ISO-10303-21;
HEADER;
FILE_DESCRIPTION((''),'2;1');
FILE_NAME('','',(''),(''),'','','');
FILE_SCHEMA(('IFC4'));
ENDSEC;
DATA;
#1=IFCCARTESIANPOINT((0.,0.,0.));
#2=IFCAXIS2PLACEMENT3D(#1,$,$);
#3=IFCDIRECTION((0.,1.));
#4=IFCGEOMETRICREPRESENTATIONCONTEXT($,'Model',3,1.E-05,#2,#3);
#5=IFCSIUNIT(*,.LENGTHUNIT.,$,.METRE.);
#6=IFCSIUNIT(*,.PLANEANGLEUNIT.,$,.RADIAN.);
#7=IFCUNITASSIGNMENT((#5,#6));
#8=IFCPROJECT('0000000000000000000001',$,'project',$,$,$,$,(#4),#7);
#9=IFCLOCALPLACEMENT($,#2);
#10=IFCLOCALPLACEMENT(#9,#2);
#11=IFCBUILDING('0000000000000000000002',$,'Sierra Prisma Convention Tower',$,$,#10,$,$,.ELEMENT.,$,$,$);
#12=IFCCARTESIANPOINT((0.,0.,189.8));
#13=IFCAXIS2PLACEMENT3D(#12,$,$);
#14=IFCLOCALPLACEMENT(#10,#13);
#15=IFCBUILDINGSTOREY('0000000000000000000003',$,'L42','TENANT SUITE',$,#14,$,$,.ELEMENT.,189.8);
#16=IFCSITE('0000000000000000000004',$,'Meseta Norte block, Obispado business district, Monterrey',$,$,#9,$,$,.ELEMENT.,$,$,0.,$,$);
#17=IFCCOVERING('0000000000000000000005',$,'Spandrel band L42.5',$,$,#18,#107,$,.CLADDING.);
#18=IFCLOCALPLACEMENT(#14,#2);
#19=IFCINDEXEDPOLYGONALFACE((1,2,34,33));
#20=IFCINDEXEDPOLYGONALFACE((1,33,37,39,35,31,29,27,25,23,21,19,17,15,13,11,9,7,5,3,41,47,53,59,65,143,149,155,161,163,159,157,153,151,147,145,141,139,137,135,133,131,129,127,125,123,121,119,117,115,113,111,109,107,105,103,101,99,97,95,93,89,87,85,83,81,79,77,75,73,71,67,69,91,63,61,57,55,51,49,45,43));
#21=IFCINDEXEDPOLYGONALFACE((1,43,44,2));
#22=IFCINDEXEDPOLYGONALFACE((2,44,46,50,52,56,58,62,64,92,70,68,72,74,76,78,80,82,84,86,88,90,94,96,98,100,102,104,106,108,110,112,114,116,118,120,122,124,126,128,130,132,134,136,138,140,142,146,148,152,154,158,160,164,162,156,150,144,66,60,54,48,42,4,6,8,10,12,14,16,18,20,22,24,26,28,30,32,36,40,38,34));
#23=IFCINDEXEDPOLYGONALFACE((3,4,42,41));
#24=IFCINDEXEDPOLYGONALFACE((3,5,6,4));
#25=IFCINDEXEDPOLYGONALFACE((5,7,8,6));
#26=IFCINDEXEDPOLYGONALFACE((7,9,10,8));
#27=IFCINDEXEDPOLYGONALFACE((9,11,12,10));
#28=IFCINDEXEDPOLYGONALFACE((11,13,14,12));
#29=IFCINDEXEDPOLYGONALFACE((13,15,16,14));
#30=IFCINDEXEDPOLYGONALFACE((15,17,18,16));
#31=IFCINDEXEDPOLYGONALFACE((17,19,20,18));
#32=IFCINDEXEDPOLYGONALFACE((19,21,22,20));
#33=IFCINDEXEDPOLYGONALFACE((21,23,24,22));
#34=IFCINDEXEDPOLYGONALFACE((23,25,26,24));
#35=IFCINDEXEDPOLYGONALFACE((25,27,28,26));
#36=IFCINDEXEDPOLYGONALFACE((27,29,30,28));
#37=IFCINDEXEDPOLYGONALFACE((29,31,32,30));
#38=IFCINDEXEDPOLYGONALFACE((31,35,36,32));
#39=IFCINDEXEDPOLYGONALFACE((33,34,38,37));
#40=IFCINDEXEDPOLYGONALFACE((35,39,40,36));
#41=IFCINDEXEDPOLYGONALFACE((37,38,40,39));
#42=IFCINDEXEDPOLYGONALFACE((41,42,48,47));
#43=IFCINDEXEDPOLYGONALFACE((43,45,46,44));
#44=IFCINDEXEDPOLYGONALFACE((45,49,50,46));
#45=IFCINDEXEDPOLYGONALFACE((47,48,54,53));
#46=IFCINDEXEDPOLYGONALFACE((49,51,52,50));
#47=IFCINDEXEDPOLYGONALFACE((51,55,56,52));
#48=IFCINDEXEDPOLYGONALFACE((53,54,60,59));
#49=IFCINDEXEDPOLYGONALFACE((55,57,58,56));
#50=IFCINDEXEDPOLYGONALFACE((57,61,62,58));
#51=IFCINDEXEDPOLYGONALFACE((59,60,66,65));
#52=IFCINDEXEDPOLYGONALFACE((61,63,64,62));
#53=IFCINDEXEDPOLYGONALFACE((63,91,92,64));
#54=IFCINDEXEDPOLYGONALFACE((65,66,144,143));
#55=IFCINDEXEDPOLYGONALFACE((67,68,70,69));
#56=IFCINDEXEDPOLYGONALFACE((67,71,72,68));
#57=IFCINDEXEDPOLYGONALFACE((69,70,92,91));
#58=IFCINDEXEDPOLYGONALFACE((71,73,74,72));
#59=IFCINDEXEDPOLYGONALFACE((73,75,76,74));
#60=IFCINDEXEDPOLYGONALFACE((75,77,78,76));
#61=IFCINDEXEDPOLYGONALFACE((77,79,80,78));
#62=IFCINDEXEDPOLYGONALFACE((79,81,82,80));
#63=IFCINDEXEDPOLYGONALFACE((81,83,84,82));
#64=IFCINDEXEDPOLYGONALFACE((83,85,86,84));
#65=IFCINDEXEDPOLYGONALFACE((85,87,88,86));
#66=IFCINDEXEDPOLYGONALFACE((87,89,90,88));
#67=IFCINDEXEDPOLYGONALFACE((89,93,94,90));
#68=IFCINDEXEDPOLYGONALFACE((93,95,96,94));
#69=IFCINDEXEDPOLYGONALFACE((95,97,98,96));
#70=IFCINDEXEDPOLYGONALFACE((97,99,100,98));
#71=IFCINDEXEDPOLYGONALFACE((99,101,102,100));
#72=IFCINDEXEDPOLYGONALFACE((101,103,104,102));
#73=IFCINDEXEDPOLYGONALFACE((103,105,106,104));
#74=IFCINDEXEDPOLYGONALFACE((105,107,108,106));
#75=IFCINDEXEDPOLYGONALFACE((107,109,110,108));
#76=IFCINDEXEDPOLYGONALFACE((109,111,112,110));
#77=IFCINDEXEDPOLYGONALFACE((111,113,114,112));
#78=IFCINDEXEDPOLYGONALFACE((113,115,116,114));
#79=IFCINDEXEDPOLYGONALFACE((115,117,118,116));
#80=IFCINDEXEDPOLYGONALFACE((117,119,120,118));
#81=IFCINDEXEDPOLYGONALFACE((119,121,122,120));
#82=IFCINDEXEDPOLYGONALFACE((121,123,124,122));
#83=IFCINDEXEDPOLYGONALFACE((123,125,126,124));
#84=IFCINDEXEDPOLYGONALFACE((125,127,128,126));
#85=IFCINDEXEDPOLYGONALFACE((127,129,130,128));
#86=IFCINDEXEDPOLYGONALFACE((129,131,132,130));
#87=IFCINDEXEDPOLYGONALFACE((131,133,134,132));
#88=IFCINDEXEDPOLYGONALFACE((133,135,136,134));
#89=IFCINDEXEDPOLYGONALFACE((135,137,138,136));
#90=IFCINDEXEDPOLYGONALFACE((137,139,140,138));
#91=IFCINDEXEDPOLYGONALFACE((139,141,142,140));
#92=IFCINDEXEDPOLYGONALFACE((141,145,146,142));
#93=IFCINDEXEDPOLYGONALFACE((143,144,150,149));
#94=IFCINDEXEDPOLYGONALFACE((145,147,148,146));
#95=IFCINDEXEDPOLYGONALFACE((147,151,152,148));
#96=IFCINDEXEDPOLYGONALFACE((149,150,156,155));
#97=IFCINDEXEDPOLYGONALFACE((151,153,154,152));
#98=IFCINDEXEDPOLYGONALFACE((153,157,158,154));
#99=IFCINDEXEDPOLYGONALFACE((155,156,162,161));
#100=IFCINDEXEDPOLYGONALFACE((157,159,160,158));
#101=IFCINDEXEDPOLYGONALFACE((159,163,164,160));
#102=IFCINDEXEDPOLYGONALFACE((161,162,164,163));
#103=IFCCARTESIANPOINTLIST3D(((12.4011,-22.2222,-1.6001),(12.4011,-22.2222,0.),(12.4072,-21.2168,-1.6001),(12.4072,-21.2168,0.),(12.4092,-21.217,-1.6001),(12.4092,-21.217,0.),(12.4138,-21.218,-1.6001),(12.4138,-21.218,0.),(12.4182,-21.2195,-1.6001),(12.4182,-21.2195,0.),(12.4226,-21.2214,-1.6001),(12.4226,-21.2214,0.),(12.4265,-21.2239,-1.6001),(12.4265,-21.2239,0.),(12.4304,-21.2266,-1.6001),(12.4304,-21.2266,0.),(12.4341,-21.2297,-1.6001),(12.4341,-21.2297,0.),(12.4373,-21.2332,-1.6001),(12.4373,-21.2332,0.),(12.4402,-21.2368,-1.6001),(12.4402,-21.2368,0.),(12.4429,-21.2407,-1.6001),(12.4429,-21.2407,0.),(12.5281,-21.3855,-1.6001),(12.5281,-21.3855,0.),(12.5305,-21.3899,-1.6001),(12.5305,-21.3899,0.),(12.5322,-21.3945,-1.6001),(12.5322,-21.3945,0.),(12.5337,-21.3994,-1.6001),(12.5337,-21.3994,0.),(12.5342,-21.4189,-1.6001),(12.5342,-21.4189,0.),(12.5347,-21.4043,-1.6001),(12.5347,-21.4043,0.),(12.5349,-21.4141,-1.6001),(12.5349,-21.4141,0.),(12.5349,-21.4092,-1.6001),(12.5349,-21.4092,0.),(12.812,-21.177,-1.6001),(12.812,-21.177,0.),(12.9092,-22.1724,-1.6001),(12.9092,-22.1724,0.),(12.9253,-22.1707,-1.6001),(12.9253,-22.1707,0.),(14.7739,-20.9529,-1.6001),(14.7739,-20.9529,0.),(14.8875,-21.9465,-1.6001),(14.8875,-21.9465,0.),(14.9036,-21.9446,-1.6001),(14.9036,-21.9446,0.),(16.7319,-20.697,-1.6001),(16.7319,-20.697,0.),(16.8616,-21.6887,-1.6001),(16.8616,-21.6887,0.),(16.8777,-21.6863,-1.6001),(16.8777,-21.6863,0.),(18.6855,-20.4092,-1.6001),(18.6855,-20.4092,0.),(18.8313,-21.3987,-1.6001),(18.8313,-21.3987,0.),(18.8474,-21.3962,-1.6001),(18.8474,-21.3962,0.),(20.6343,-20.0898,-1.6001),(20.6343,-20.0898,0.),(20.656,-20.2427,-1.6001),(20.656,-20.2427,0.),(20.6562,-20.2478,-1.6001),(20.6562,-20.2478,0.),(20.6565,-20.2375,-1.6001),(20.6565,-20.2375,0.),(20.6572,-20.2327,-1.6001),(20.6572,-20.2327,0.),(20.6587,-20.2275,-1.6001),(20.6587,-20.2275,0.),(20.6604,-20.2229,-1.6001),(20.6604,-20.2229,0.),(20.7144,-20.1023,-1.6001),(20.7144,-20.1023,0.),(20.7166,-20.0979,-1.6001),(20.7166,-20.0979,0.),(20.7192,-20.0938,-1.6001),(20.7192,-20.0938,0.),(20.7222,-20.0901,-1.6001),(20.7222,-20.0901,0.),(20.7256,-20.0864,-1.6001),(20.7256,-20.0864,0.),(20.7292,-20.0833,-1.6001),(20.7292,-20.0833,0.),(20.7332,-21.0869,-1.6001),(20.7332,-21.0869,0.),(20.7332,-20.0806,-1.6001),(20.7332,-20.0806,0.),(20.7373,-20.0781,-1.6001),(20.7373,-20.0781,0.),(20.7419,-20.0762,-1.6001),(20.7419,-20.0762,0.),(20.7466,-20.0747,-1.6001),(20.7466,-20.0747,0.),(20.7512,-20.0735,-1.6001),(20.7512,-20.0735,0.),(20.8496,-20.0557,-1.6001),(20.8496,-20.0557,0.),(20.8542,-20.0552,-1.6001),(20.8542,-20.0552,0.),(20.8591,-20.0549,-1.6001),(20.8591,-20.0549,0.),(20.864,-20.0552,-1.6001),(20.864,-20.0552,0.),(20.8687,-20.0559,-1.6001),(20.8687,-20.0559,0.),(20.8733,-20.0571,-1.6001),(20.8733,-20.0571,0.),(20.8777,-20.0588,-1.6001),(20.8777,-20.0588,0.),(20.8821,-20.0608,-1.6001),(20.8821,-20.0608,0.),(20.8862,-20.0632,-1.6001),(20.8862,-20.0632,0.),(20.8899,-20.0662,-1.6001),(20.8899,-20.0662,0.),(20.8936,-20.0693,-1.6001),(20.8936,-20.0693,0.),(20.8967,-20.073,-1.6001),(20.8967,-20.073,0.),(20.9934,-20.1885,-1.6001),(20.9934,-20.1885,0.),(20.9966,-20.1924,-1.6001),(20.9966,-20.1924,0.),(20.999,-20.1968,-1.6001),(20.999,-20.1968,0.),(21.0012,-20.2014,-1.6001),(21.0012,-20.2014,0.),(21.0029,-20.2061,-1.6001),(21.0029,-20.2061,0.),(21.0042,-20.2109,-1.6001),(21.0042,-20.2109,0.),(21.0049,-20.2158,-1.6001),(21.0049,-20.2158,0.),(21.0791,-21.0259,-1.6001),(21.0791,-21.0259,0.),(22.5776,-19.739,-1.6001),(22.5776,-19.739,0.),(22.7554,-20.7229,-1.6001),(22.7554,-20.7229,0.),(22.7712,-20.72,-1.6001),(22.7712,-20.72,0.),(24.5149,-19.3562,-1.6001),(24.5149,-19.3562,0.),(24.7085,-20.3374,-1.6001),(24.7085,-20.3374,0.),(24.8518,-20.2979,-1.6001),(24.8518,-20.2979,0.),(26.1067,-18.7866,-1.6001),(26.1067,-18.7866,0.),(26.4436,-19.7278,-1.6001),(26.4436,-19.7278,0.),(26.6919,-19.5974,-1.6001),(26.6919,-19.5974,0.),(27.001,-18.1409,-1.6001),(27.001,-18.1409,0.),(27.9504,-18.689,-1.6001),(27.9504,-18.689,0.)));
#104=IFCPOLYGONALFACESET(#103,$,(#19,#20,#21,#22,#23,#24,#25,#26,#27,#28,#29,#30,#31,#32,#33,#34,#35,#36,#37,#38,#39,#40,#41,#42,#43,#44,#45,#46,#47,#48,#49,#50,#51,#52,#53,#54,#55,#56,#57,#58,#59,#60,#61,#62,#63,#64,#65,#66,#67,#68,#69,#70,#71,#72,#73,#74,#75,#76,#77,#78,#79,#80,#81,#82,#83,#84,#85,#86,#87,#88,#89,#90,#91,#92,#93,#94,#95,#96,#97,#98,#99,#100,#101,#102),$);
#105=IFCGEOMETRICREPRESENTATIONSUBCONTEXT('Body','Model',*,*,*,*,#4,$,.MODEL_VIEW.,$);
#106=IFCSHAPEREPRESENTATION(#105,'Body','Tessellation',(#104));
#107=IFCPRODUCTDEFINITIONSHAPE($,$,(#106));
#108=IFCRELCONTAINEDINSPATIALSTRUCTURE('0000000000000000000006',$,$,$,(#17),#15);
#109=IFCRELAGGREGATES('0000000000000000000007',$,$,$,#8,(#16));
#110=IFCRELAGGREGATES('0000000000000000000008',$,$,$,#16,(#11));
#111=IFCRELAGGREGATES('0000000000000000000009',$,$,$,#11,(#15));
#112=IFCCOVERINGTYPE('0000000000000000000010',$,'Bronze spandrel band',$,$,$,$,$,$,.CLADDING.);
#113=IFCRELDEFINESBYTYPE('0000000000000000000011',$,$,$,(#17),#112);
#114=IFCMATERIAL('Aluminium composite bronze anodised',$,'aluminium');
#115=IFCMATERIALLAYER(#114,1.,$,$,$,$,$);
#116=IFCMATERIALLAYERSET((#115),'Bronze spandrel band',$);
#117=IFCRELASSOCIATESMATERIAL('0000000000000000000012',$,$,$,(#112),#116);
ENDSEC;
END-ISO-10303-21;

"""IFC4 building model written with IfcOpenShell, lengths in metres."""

from ifc_helpers import new_model, si_unit, direction, frame, origin, place, context, subcontext, project, spatial, polyline, outline, extrude, material, layer, layer_set, type_object, element, save


model = new_model("IFC4")

# Units and contexts
model_context = context("Model", 3, precision=1e-05, world=origin(), true_north=direction((0.0, 1.0)))
body_context = subcontext(model_context, "Body", "Model", "MODEL_VIEW")
ifc_project = project(units=[si_unit("LENGTHUNIT", "METRE"), si_unit("PLANEANGLEUNIT", "RADIAN")], contexts=[model_context])

# Site, building, storey
site_placement = place(None, origin())
site = spatial("IfcSite", under=ifc_project, at=site_placement, Name="Meseta Norte block, Obispado business district, Monterrey", CompositionType="ELEMENT", RefElevation=0.0)
building_placement = place(site_placement, origin())
building = spatial("IfcBuilding", under=site, at=building_placement, Name="Sierra Prisma Convention Tower", CompositionType="ELEMENT")
storey_placement = place(building_placement, frame((0.0, 0.0, 189.8)))
storey = spatial("IfcBuildingStorey", under=building, at=storey_placement, Name="L42", Description="TENANT SUITE", CompositionType="ELEMENT", Elevation=189.8)

# Covering
ifc_material_1 = material(Name="Aluminium composite bronze anodised", Category="aluminium")
ifc_layer_1 = layer(ifc_material_1, 1.0)
ifc_layer_set_1 = layer_set([ifc_layer_1], Name="Bronze spandrel band")
covering_type_1 = type_object("IfcCoveringType", Name="Bronze spandrel band", PredefinedType="CLADDING", material=ifc_layer_set_1)
covering_1_placement = place(storey_placement, frame((0.0, 0.0, -1.6001)))
element("IfcCovering", 1, at=covering_1_placement, inside=storey, type_object=covering_type_1, Name="Spandrel band L42.5", PredefinedType="CLADDING", context=body_context, shape_type="SweptSolid", body=[
    extrude(outline(polyline([(24.7085, -20.3374), (22.7712, -20.72), (22.7554, -20.7229), (21.0791, -21.0259), (21.0049, -20.2158), (21.0042, -20.2109), (21.0029, -20.2061), (21.0012, -20.2014), (20.999, -20.1968), (20.9966, -20.1924), (20.9934, -20.1885), (20.8967, -20.073), (20.8936, -20.0693), (20.8899, -20.0662), (20.8862, -20.0632), (20.8821, -20.0608), (20.8777, -20.0588), (20.8733, -20.0571), (20.8687, -20.0559), (20.864, -20.0552), (20.8591, -20.0549), (20.8542, -20.0552), (20.8496, -20.0557), (20.7512, -20.0735), (20.7466, -20.0747), (20.7419, -20.0762), (20.7373, -20.0781), (20.7332, -20.0806), (20.7292, -20.0833), (20.7256, -20.0864), (20.7222, -20.0901), (20.7192, -20.0938), (20.7166, -20.0979), (20.7144, -20.1023), (20.6604, -20.2229), (20.6587, -20.2275), (20.6572, -20.2327), (20.6565, -20.2375), (20.656, -20.2427), (20.6562, -20.2478), (20.7332, -21.0869), (18.8474, -21.3962), (18.8313, -21.3987), (16.8777, -21.6863), (16.8616, -21.6887), (14.9036, -21.9446), (14.8875, -21.9465), (12.9253, -22.1707), (12.9092, -22.1724), (12.4011, -22.2222), (12.5342, -21.4189), (12.5349, -21.4141), (12.5349, -21.4092), (12.5347, -21.4043), (12.5337, -21.3994), (12.5322, -21.3945), (12.5305, -21.3899), (12.5281, -21.3855), (12.4429, -21.2407), (12.4402, -21.2368), (12.4373, -21.2332), (12.4341, -21.2297), (12.4304, -21.2266), (12.4265, -21.2239), (12.4226, -21.2214), (12.4182, -21.2195), (12.4138, -21.218), (12.4092, -21.217), (12.4072, -21.2168), (12.812, -21.177), (14.7739, -20.9529), (16.7319, -20.697), (18.6855, -20.4092), (20.6343, -20.0898), (22.5776, -19.739), (24.5149, -19.3562), (26.1067, -18.7866), (27.001, -18.1409), (27.9504, -18.689), (26.6919, -19.5974), (26.4436, -19.7278), (24.8518, -20.2979), (24.7085, -20.3374)])), origin(), (0.0, 0.0, 1.0), 1.6001),
])

save(model, "model.ifc")
